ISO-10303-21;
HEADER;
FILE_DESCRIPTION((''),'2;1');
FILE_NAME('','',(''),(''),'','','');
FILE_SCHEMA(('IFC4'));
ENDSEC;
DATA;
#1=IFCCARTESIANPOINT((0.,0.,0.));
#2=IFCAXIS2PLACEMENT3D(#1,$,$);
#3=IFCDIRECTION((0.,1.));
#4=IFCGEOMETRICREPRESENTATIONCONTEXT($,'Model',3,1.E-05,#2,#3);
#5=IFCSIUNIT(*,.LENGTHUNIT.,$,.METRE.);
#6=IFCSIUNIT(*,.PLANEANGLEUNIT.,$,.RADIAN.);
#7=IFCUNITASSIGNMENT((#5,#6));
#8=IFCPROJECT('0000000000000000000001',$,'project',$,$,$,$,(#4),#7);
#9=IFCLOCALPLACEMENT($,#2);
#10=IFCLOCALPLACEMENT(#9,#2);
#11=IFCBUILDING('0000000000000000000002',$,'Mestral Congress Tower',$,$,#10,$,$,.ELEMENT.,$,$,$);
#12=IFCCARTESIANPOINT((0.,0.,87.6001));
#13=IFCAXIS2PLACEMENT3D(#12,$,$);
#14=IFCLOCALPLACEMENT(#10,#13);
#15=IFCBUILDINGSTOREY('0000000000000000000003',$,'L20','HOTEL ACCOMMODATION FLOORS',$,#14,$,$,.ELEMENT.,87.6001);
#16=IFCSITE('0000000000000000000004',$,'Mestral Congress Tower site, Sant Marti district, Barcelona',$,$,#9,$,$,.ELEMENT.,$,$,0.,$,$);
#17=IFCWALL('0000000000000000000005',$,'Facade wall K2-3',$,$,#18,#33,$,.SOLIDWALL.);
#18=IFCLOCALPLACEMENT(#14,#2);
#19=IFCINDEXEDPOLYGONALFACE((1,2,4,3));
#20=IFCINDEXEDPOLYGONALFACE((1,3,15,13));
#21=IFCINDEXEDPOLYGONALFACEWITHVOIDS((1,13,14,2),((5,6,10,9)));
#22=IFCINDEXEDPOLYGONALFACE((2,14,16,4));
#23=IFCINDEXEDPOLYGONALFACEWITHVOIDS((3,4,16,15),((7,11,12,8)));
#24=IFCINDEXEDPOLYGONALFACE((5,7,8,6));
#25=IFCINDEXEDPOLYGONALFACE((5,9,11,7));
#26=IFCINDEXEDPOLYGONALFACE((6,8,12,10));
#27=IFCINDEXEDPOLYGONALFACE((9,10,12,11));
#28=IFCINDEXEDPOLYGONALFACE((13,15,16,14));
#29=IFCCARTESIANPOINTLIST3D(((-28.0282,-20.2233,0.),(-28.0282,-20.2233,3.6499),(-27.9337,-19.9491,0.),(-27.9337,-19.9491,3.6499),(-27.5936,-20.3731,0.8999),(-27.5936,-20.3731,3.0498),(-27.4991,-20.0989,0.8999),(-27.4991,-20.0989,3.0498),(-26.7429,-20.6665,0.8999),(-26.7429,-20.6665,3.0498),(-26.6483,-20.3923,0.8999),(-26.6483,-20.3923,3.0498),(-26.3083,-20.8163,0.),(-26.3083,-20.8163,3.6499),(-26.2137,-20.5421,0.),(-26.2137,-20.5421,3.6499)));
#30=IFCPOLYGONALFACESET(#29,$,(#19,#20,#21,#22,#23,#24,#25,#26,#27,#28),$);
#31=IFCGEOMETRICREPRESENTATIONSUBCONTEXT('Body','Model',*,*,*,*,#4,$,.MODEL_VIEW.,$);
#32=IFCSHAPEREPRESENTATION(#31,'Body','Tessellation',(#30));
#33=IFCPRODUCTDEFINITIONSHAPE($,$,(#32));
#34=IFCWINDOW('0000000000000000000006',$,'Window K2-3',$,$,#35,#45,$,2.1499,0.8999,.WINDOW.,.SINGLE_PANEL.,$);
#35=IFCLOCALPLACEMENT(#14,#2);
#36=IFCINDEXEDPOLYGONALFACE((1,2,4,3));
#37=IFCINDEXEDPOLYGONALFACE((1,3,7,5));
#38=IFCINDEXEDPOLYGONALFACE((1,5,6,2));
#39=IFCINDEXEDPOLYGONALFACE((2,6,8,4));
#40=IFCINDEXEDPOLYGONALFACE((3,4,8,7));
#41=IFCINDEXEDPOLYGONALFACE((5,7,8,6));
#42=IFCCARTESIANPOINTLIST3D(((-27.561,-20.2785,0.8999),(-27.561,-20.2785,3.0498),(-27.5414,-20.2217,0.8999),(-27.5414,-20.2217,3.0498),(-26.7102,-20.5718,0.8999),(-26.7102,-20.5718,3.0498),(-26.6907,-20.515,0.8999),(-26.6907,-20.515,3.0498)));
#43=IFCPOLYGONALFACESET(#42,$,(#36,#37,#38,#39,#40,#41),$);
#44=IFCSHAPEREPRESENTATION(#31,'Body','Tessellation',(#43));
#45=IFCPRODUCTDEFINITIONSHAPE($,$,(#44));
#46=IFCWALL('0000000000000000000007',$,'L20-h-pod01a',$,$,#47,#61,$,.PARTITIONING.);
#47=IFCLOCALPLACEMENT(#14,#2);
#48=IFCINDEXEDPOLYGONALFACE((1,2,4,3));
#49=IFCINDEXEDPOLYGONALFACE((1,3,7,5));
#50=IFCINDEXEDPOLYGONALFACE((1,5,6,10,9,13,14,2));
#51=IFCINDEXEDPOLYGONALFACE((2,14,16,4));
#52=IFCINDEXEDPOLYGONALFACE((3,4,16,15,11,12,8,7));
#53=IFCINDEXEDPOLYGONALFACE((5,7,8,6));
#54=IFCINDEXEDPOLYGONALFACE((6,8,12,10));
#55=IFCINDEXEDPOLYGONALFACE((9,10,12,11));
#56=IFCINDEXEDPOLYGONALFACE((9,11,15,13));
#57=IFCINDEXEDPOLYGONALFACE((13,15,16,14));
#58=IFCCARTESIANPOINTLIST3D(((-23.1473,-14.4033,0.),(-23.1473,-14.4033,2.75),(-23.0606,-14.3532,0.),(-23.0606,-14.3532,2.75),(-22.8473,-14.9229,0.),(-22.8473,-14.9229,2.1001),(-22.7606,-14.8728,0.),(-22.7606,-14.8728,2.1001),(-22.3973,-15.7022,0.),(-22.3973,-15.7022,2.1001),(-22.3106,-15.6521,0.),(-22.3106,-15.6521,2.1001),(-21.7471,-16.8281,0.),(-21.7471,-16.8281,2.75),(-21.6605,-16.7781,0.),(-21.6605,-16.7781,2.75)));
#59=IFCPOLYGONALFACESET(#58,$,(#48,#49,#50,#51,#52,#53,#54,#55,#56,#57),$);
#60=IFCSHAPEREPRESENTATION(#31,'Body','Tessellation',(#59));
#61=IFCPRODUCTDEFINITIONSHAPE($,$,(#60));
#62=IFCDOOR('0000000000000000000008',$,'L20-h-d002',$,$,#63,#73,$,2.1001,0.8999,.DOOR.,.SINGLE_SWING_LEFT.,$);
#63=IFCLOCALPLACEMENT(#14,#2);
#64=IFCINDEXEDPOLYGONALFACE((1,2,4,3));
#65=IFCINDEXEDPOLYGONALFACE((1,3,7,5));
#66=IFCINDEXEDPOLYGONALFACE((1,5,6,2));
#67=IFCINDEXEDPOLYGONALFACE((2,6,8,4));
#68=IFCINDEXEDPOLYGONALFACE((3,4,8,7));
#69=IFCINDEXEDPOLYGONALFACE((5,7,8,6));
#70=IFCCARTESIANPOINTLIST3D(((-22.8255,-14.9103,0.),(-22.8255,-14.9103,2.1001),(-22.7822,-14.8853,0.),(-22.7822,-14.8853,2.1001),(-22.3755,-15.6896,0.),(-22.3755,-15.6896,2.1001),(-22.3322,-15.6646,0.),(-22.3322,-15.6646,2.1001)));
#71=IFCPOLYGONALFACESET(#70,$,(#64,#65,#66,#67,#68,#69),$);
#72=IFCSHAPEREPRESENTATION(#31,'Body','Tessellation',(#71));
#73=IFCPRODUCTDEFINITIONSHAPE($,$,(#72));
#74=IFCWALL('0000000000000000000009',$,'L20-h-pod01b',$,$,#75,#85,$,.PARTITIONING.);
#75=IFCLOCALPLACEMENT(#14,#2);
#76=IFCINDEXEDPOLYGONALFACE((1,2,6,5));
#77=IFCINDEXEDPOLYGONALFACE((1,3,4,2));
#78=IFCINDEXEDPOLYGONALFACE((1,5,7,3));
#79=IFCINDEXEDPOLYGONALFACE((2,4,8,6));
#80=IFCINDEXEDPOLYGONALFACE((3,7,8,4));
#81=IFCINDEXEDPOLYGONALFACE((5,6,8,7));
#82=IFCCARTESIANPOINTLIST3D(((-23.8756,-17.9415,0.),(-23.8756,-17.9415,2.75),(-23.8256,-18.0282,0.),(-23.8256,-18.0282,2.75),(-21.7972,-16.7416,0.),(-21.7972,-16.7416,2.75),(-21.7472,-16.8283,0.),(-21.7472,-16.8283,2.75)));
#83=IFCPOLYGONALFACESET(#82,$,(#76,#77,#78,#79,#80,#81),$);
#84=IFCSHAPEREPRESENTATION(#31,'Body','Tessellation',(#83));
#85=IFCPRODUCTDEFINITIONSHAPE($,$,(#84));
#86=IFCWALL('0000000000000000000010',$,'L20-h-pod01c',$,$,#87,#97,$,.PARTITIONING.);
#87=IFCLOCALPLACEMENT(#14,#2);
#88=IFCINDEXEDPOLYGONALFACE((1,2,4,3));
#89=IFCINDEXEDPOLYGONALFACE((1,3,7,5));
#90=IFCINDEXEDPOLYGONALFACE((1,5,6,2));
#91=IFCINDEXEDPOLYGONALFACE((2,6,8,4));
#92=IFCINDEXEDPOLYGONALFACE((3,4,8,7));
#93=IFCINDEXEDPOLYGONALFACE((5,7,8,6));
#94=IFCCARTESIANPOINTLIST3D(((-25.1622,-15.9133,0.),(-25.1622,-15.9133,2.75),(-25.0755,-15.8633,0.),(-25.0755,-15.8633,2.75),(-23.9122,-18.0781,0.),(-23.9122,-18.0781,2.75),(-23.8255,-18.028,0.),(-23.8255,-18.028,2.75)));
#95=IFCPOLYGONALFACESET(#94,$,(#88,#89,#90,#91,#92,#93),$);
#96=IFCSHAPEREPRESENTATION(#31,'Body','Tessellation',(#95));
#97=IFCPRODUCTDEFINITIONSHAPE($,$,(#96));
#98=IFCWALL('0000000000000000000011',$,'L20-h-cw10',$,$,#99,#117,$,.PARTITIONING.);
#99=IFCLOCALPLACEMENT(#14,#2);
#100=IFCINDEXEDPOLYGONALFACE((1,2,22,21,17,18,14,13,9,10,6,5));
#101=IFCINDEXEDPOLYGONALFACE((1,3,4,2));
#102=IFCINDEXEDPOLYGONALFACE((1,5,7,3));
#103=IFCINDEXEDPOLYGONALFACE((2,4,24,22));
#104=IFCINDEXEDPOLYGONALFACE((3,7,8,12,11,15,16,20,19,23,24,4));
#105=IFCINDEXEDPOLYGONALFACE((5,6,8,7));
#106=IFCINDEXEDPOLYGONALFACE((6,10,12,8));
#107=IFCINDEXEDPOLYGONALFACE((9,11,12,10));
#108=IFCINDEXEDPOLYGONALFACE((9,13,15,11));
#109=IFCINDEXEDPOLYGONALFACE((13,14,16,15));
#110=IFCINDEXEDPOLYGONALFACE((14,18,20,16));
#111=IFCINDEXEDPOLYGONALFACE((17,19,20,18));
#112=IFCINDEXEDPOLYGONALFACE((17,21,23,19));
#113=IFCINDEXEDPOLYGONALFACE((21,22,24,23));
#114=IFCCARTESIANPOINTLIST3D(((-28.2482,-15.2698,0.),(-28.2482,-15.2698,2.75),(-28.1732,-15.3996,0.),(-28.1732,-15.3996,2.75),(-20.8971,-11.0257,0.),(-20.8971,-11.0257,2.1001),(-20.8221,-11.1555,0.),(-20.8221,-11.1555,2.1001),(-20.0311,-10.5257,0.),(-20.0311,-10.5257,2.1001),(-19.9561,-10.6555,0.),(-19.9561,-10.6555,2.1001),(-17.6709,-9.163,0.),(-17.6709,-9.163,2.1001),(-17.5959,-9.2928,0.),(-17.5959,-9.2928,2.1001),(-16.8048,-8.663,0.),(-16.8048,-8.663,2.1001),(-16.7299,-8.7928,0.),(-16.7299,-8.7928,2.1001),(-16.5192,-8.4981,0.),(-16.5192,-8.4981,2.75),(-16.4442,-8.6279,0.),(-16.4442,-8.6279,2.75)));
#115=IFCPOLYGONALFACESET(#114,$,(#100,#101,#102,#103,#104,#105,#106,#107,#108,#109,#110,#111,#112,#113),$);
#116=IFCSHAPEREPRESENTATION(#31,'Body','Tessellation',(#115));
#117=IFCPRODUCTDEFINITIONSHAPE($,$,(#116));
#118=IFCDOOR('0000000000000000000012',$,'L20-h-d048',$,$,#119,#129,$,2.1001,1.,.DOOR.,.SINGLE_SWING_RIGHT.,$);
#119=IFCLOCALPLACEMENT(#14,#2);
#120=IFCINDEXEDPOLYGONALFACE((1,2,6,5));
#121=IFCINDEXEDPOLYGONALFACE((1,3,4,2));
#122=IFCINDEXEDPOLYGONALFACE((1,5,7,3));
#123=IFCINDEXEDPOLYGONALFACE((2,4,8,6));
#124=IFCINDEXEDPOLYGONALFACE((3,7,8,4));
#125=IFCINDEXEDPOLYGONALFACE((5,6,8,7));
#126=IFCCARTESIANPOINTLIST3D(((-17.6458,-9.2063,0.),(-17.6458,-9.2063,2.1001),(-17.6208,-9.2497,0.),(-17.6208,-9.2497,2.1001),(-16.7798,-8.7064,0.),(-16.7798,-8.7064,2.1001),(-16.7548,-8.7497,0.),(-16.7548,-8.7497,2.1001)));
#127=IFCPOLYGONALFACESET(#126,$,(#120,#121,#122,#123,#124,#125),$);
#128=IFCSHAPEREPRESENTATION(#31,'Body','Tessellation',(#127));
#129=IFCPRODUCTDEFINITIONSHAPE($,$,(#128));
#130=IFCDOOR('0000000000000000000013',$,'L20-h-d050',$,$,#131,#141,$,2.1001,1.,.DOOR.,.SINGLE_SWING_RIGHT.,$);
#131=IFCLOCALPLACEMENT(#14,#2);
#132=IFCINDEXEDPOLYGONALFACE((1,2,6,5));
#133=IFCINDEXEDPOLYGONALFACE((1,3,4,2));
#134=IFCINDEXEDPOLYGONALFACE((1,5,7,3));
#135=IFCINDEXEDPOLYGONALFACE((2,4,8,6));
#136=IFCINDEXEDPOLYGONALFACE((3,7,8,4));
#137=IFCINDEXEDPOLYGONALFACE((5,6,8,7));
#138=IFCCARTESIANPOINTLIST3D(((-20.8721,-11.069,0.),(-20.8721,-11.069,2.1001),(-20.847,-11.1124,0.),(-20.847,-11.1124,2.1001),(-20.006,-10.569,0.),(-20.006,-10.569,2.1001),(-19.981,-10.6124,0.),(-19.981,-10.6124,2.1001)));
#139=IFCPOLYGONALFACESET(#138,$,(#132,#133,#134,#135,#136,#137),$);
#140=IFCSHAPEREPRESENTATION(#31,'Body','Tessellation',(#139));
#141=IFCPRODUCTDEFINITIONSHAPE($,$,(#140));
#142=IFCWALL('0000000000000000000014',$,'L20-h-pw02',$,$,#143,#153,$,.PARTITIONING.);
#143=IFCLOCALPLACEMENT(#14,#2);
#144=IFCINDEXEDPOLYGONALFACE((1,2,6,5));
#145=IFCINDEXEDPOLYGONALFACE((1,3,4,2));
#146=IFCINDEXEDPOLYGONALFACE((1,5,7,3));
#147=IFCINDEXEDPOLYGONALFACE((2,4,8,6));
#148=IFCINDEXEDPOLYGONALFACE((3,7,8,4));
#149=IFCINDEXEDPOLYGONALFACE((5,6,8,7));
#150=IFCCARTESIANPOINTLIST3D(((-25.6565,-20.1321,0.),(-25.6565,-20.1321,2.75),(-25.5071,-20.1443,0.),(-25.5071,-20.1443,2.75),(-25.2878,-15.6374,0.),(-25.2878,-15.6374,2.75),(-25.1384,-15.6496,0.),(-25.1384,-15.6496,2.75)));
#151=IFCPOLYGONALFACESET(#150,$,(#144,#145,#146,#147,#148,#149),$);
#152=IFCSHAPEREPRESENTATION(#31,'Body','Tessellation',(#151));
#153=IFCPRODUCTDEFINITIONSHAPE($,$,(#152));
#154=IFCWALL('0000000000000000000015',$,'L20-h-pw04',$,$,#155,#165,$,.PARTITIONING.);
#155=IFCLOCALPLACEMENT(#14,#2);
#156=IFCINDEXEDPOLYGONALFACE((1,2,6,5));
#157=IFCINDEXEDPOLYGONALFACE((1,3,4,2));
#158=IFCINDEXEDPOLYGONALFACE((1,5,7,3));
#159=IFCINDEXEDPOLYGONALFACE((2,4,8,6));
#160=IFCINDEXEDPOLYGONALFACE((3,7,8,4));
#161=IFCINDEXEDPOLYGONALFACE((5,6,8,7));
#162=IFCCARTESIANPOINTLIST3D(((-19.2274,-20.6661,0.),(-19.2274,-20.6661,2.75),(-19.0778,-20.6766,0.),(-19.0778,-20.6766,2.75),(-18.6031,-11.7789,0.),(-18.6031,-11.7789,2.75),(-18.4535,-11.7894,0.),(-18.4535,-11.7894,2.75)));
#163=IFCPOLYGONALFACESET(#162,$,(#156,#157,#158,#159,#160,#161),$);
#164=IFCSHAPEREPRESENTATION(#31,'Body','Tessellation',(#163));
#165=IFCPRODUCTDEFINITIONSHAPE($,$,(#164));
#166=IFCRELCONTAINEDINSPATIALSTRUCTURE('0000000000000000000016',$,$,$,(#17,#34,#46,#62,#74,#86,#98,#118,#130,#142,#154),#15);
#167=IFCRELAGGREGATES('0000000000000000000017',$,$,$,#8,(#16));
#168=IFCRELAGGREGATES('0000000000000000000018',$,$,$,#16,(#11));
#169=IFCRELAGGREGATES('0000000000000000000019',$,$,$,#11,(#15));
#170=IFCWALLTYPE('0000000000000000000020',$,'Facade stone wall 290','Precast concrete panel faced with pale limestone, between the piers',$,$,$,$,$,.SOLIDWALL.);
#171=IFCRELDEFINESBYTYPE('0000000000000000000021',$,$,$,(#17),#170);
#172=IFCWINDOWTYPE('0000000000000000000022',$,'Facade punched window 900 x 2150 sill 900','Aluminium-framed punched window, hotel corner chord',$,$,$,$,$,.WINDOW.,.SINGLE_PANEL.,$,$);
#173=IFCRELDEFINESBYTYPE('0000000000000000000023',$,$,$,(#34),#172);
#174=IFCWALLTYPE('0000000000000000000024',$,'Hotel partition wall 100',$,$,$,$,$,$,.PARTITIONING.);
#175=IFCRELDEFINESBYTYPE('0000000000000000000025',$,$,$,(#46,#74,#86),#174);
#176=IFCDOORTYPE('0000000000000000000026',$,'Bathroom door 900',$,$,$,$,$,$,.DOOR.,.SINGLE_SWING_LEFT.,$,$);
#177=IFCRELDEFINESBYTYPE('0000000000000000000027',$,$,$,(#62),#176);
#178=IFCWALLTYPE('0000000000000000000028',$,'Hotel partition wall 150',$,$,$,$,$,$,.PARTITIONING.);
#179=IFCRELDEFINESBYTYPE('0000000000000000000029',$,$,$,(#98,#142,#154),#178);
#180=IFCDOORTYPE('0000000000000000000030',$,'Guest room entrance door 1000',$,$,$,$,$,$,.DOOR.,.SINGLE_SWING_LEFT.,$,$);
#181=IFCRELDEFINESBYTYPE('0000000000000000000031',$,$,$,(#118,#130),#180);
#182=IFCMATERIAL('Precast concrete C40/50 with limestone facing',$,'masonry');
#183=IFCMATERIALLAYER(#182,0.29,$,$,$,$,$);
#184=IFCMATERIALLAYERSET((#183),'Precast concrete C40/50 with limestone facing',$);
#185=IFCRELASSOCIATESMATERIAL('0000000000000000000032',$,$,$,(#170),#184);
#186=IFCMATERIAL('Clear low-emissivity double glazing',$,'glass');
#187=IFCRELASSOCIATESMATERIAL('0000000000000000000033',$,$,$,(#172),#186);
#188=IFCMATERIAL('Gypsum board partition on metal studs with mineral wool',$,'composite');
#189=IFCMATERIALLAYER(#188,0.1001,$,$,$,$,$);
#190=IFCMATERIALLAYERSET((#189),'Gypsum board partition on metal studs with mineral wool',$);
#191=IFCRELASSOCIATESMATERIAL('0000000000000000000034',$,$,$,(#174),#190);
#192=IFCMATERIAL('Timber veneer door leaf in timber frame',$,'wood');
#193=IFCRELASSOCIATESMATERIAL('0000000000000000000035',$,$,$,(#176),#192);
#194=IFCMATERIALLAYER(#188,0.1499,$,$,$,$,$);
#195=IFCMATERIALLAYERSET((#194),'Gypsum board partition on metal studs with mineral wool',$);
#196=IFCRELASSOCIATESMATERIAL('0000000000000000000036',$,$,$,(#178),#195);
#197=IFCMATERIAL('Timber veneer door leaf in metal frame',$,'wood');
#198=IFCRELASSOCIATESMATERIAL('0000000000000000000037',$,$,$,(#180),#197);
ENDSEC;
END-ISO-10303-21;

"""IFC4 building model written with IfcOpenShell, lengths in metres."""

from ifc_helpers import new_model, si_unit, direction, frame, frame_2d, origin, place, context, subcontext, project, spatial, rectangle, extrude, material, layer, layer_set, type_object, element, fill, save


model = new_model("IFC4")

# Units and contexts
model_context = context("Model", 3, precision=1e-05, world=origin(), true_north=direction((0.0, 1.0)))
body_context = subcontext(model_context, "Body", "Model", "MODEL_VIEW")
ifc_project = project(units=[si_unit("LENGTHUNIT", "METRE"), si_unit("PLANEANGLEUNIT", "RADIAN")], contexts=[model_context])

# Site, building, storey
site_placement = place(None, origin())
site = spatial("IfcSite", under=ifc_project, at=site_placement, Name="Mestral Congress Tower site, Sant Marti district, Barcelona", CompositionType="ELEMENT", RefElevation=0.0)
building_placement = place(site_placement, origin())
building = spatial("IfcBuilding", under=site, at=building_placement, Name="Mestral Congress Tower", CompositionType="ELEMENT")
storey_placement = place(building_placement, frame((0.0, 0.0, 87.6001)))
storey = spatial("IfcBuildingStorey", under=building, at=storey_placement, Name="L20", Description="HOTEL ACCOMMODATION FLOORS", CompositionType="ELEMENT", Elevation=87.6001)

# Shared definitions
ifc_material_1 = material(Name="Precast concrete C40/50 with limestone facing", Category="masonry")
ifc_layer_1 = layer(ifc_material_1, 0.29)
ifc_layer_set_1 = layer_set([ifc_layer_1], Name="Precast concrete C40/50 with limestone facing")
wall_type_1 = type_object("IfcWallType", Name="Facade stone wall 290", Description="Precast concrete panel faced with pale limestone, between the piers", PredefinedType="SOLIDWALL", material=ifc_layer_set_1)
ifc_material_2 = material(Name="Clear low-emissivity double glazing", Category="glass")

# Wall, opening, window
wall_1_placement = place(storey_placement, frame((-27.981, -20.0862, 0.0), z_axis=(0.0, 0.0, 1.0), x_axis=(0.945386, -0.325953, 0.0)))
wall_1 = element("IfcWall", 1, at=wall_1_placement, inside=storey, type_object=wall_type_1, Name="Facade wall K2-3", PredefinedType="SOLIDWALL", context=body_context, shape_type="SweptSolid", body=[
    extrude(rectangle(XDim=1.8193, YDim=0.29, at=frame_2d((0.9097, 0.0))), origin(), (0.0, 0.0, 1.0), 3.6499),
])
opening_1_placement = place(wall_1_placement, frame((0.4597, 0.0, 0.8999)))
opening_1 = element("IfcOpeningElement", 2, at=opening_1_placement, cuts=wall_1, PredefinedType="OPENING", context=body_context, shape_type="SweptSolid", body=[
    extrude(rectangle(XDim=0.8999, YDim=2.1499, at=frame_2d((0.45, 1.075))), frame((0.0, 0.155, 0.0), z_axis=(0.0, -1.0, 0.0), x_axis=(1.0, 0.0, 0.0)), (0.0, 0.0, 1.0), 0.3101),
])
window_type_1 = type_object("IfcWindowType", Name="Facade punched window 900 x 2150 sill 900", Description="Aluminium-framed punched window, hotel corner chord", PartitioningType="SINGLE_PANEL", PredefinedType="WINDOW", material=ifc_material_2)
window_1_placement = place(opening_1_placement, origin())
window_1 = element("IfcWindow", 3, at=window_1_placement, inside=storey, type_object=window_type_1, Name="Window K2-3", OverallHeight=2.1499, OverallWidth=0.8999, PartitioningType="SINGLE_PANEL", PredefinedType="WINDOW", context=body_context, shape_type="SweptSolid", body=[
    extrude(rectangle(XDim=0.8999, YDim=2.1499, at=frame_2d((0.45, 1.075))), frame((0.0, 0.0151, 0.0), z_axis=(0.0, -1.0, 0.0), x_axis=(1.0, 0.0, 0.0)), (0.0, 0.0, 1.0), 0.0601),
])
fill(opening_1, window_1)

# Wall, opening, door
ifc_material_3 = material(Name="Gypsum board partition on metal studs with mineral wool", Category="composite")
ifc_layer_2 = layer(ifc_material_3, 0.1001)
ifc_layer_set_2 = layer_set([ifc_layer_2], Name="Gypsum board partition on metal studs with mineral wool")
wall_type_2 = type_object("IfcWallType", Name="Hotel partition wall 100", PredefinedType="PARTITIONING", material=ifc_layer_set_2)
wall_2_placement = place(storey_placement, frame((-21.7039, -16.803, 0.0), z_axis=(0.0, 0.0, 1.0), x_axis=(-0.50005, 0.865997, 0.0)))
wall_2 = element("IfcWall", 4, at=wall_2_placement, inside=storey, type_object=wall_type_2, Name="L20-h-pod01a", PredefinedType="PARTITIONING", context=body_context, shape_type="SweptSolid", body=[
    extrude(rectangle(XDim=2.8, YDim=0.1001, at=frame_2d((1.3999, 0.0))), origin(), (0.0, 0.0, 1.0), 2.75),
])
opening_2_placement = place(wall_2_placement, frame((1.3, 0.0, 0.0)))
opening_2 = element("IfcOpeningElement", 5, at=opening_2_placement, cuts=wall_2, PredefinedType="OPENING", context=body_context, shape_type="SweptSolid", body=[
    extrude(rectangle(XDim=0.8999, YDim=2.1001, at=frame_2d((0.45, 1.05))), frame((0.0, 0.0601, 0.0), z_axis=(0.0, -1.0, 0.0), x_axis=(1.0, 0.0, 0.0)), (0.0, 0.0, 1.0), 0.1201),
])
ifc_material_4 = material(Name="Timber veneer door leaf in timber frame", Category="wood")
door_type_1 = type_object("IfcDoorType", Name="Bathroom door 900", OperationType="SINGLE_SWING_LEFT", PredefinedType="DOOR", material=ifc_material_4)
door_1_placement = place(opening_2_placement, origin())
door_1 = element("IfcDoor", 6, at=door_1_placement, inside=storey, type_object=door_type_1, Name="L20-h-d002", OperationType="SINGLE_SWING_LEFT", OverallHeight=2.1001, OverallWidth=0.8999, PredefinedType="DOOR", context=body_context, shape_type="SweptSolid", body=[
    extrude(rectangle(XDim=0.8999, YDim=2.1001, at=frame_2d((0.45, 1.05))), frame((0.0, 0.0249, 0.0), z_axis=(0.0, -1.0, 0.0), x_axis=(1.0, 0.0, 0.0)), (0.0, 0.0, 1.0), 0.05),
])
fill(opening_2, door_1)

# Walls
wall_3_placement = place(storey_placement, frame((-21.7722, -16.7849, 0.0), z_axis=(0.0, 0.0, 1.0), x_axis=(-0.866025, -0.500001, 0.0)))
element("IfcWall", 7, at=wall_3_placement, inside=storey, type_object=wall_type_2, Name="L20-h-pod01b", PredefinedType="PARTITIONING", context=body_context, shape_type="SweptSolid", body=[
    extrude(rectangle(XDim=2.3999, YDim=0.1001, at=frame_2d((1.2, 0.0))), origin(), (0.0, 0.0, 1.0), 2.75),
])
wall_4_placement = place(storey_placement, frame((-25.1189, -15.8882, 0.0), z_axis=(0.0, 0.0, 1.0), x_axis=(0.500047, -0.865999, 0.0)))
element("IfcWall", 8, at=wall_4_placement, inside=storey, type_object=wall_type_2, Name="L20-h-pod01c", PredefinedType="PARTITIONING", context=body_context, shape_type="SweptSolid", body=[
    extrude(rectangle(XDim=2.4998, YDim=0.1001, at=frame_2d((1.25, 0.0))), origin(), (0.0, 0.0, 1.0), 2.75),
])

# Wall, openings, doors
ifc_layer_3 = layer(ifc_material_3, 0.1499)
ifc_layer_set_3 = layer_set([ifc_layer_3], Name="Gypsum board partition on metal studs with mineral wool")
wall_type_3 = type_object("IfcWallType", Name="Hotel partition wall 150", PredefinedType="PARTITIONING", material=ifc_layer_set_3)
wall_5_placement = place(storey_placement, frame((-28.2107, -15.3347, 0.0), z_axis=(0.0, 0.0, 1.0), x_axis=(0.866026, 0.499999, 0.0)))
wall_5 = element("IfcWall", 9, at=wall_5_placement, inside=storey, type_object=wall_type_3, Name="L20-h-cw10", PredefinedType="PARTITIONING", context=body_context, shape_type="SweptSolid", body=[
    extrude(rectangle(XDim=13.5435, YDim=0.1499, at=frame_2d((6.7717, 0.0))), origin(), (0.0, 0.0, 1.0), 2.75),
])
opening_3_placement = place(wall_5_placement, frame((12.2136, 0.0, 0.0)))
opening_3 = element("IfcOpeningElement", 10, at=opening_3_placement, cuts=wall_5, PredefinedType="OPENING", context=body_context, shape_type="SweptSolid", body=[
    extrude(rectangle(XDim=1.0, YDim=2.1001, at=frame_2d((0.5, 1.05))), frame((0.0, 0.085, 0.0), z_axis=(0.0, -1.0, 0.0), x_axis=(1.0, 0.0, 0.0)), (0.0, 0.0, 1.0), 0.1699),
])
opening_4_placement = place(wall_5_placement, frame((8.4883, 0.0, 0.0)))
opening_4 = element("IfcOpeningElement", 11, at=opening_4_placement, cuts=wall_5, PredefinedType="OPENING", context=body_context, shape_type="SweptSolid", body=[
    extrude(rectangle(XDim=1.0, YDim=2.1001, at=frame_2d((0.5, 1.05))), frame((0.0, 0.085, 0.0), z_axis=(0.0, -1.0, 0.0), x_axis=(1.0, 0.0, 0.0)), (0.0, 0.0, 1.0), 0.1699),
])
ifc_material_5 = material(Name="Timber veneer door leaf in metal frame", Category="wood")
door_type_2 = type_object("IfcDoorType", Name="Guest room entrance door 1000", OperationType="SINGLE_SWING_LEFT", PredefinedType="DOOR", material=ifc_material_5)
door_2_placement = place(opening_3_placement, origin())
door_2 = element("IfcDoor", 12, at=door_2_placement, inside=storey, type_object=door_type_2, Name="L20-h-d048", OperationType="SINGLE_SWING_RIGHT", OverallHeight=2.1001, OverallWidth=1.0, PredefinedType="DOOR", context=body_context, shape_type="SweptSolid", body=[
    extrude(rectangle(XDim=1.0, YDim=2.1001, at=frame_2d((0.5, 1.05))), frame((0.0, 0.0249, 0.0), z_axis=(0.0, -1.0, 0.0), x_axis=(1.0, 0.0, 0.0)), (0.0, 0.0, 1.0), 0.05),
])
fill(opening_3, door_2)
door_3_placement = place(opening_4_placement, origin())
door_3 = element("IfcDoor", 13, at=door_3_placement, inside=storey, type_object=door_type_2, Name="L20-h-d050", OperationType="SINGLE_SWING_RIGHT", OverallHeight=2.1001, OverallWidth=1.0, PredefinedType="DOOR", context=body_context, shape_type="SweptSolid", body=[
    extrude(rectangle(XDim=1.0, YDim=2.1001, at=frame_2d((0.5, 1.05))), frame((0.0, 0.0249, 0.0), z_axis=(0.0, -1.0, 0.0), x_axis=(1.0, 0.0, 0.0)), (0.0, 0.0, 1.0), 0.05),
])
fill(opening_4, door_3)

# Walls
wall_6_placement = place(storey_placement, frame((-25.5818, -20.1382, 0.0), z_axis=(0.0, 0.0, 1.0), x_axis=(0.081746, 0.996653, 0.0)))
element("IfcWall", 14, at=wall_6_placement, inside=storey, type_object=wall_type_3, Name="L20-h-pw02", PredefinedType="PARTITIONING", context=body_context, shape_type="SweptSolid", body=[
    extrude(rectangle(XDim=4.5098, YDim=0.1499, at=frame_2d((2.2549, 0.0))), origin(), (0.0, 0.0, 1.0), 2.75),
])
wall_7_placement = place(storey_placement, frame((-19.1526, -20.6714, 0.0), z_axis=(0.0, 0.0, 1.0), x_axis=(0.070071, 0.997542, 0.0)))
element("IfcWall", 15, at=wall_7_placement, inside=storey, type_object=wall_type_3, Name="L20-h-pw04", PredefinedType="PARTITIONING", context=body_context, shape_type="SweptSolid", body=[
    extrude(rectangle(XDim=8.9092, YDim=0.1499, at=frame_2d((4.4546, 0.0))), origin(), (0.0, 0.0, 1.0), 2.75),
])

save(model, "model.ifc")
